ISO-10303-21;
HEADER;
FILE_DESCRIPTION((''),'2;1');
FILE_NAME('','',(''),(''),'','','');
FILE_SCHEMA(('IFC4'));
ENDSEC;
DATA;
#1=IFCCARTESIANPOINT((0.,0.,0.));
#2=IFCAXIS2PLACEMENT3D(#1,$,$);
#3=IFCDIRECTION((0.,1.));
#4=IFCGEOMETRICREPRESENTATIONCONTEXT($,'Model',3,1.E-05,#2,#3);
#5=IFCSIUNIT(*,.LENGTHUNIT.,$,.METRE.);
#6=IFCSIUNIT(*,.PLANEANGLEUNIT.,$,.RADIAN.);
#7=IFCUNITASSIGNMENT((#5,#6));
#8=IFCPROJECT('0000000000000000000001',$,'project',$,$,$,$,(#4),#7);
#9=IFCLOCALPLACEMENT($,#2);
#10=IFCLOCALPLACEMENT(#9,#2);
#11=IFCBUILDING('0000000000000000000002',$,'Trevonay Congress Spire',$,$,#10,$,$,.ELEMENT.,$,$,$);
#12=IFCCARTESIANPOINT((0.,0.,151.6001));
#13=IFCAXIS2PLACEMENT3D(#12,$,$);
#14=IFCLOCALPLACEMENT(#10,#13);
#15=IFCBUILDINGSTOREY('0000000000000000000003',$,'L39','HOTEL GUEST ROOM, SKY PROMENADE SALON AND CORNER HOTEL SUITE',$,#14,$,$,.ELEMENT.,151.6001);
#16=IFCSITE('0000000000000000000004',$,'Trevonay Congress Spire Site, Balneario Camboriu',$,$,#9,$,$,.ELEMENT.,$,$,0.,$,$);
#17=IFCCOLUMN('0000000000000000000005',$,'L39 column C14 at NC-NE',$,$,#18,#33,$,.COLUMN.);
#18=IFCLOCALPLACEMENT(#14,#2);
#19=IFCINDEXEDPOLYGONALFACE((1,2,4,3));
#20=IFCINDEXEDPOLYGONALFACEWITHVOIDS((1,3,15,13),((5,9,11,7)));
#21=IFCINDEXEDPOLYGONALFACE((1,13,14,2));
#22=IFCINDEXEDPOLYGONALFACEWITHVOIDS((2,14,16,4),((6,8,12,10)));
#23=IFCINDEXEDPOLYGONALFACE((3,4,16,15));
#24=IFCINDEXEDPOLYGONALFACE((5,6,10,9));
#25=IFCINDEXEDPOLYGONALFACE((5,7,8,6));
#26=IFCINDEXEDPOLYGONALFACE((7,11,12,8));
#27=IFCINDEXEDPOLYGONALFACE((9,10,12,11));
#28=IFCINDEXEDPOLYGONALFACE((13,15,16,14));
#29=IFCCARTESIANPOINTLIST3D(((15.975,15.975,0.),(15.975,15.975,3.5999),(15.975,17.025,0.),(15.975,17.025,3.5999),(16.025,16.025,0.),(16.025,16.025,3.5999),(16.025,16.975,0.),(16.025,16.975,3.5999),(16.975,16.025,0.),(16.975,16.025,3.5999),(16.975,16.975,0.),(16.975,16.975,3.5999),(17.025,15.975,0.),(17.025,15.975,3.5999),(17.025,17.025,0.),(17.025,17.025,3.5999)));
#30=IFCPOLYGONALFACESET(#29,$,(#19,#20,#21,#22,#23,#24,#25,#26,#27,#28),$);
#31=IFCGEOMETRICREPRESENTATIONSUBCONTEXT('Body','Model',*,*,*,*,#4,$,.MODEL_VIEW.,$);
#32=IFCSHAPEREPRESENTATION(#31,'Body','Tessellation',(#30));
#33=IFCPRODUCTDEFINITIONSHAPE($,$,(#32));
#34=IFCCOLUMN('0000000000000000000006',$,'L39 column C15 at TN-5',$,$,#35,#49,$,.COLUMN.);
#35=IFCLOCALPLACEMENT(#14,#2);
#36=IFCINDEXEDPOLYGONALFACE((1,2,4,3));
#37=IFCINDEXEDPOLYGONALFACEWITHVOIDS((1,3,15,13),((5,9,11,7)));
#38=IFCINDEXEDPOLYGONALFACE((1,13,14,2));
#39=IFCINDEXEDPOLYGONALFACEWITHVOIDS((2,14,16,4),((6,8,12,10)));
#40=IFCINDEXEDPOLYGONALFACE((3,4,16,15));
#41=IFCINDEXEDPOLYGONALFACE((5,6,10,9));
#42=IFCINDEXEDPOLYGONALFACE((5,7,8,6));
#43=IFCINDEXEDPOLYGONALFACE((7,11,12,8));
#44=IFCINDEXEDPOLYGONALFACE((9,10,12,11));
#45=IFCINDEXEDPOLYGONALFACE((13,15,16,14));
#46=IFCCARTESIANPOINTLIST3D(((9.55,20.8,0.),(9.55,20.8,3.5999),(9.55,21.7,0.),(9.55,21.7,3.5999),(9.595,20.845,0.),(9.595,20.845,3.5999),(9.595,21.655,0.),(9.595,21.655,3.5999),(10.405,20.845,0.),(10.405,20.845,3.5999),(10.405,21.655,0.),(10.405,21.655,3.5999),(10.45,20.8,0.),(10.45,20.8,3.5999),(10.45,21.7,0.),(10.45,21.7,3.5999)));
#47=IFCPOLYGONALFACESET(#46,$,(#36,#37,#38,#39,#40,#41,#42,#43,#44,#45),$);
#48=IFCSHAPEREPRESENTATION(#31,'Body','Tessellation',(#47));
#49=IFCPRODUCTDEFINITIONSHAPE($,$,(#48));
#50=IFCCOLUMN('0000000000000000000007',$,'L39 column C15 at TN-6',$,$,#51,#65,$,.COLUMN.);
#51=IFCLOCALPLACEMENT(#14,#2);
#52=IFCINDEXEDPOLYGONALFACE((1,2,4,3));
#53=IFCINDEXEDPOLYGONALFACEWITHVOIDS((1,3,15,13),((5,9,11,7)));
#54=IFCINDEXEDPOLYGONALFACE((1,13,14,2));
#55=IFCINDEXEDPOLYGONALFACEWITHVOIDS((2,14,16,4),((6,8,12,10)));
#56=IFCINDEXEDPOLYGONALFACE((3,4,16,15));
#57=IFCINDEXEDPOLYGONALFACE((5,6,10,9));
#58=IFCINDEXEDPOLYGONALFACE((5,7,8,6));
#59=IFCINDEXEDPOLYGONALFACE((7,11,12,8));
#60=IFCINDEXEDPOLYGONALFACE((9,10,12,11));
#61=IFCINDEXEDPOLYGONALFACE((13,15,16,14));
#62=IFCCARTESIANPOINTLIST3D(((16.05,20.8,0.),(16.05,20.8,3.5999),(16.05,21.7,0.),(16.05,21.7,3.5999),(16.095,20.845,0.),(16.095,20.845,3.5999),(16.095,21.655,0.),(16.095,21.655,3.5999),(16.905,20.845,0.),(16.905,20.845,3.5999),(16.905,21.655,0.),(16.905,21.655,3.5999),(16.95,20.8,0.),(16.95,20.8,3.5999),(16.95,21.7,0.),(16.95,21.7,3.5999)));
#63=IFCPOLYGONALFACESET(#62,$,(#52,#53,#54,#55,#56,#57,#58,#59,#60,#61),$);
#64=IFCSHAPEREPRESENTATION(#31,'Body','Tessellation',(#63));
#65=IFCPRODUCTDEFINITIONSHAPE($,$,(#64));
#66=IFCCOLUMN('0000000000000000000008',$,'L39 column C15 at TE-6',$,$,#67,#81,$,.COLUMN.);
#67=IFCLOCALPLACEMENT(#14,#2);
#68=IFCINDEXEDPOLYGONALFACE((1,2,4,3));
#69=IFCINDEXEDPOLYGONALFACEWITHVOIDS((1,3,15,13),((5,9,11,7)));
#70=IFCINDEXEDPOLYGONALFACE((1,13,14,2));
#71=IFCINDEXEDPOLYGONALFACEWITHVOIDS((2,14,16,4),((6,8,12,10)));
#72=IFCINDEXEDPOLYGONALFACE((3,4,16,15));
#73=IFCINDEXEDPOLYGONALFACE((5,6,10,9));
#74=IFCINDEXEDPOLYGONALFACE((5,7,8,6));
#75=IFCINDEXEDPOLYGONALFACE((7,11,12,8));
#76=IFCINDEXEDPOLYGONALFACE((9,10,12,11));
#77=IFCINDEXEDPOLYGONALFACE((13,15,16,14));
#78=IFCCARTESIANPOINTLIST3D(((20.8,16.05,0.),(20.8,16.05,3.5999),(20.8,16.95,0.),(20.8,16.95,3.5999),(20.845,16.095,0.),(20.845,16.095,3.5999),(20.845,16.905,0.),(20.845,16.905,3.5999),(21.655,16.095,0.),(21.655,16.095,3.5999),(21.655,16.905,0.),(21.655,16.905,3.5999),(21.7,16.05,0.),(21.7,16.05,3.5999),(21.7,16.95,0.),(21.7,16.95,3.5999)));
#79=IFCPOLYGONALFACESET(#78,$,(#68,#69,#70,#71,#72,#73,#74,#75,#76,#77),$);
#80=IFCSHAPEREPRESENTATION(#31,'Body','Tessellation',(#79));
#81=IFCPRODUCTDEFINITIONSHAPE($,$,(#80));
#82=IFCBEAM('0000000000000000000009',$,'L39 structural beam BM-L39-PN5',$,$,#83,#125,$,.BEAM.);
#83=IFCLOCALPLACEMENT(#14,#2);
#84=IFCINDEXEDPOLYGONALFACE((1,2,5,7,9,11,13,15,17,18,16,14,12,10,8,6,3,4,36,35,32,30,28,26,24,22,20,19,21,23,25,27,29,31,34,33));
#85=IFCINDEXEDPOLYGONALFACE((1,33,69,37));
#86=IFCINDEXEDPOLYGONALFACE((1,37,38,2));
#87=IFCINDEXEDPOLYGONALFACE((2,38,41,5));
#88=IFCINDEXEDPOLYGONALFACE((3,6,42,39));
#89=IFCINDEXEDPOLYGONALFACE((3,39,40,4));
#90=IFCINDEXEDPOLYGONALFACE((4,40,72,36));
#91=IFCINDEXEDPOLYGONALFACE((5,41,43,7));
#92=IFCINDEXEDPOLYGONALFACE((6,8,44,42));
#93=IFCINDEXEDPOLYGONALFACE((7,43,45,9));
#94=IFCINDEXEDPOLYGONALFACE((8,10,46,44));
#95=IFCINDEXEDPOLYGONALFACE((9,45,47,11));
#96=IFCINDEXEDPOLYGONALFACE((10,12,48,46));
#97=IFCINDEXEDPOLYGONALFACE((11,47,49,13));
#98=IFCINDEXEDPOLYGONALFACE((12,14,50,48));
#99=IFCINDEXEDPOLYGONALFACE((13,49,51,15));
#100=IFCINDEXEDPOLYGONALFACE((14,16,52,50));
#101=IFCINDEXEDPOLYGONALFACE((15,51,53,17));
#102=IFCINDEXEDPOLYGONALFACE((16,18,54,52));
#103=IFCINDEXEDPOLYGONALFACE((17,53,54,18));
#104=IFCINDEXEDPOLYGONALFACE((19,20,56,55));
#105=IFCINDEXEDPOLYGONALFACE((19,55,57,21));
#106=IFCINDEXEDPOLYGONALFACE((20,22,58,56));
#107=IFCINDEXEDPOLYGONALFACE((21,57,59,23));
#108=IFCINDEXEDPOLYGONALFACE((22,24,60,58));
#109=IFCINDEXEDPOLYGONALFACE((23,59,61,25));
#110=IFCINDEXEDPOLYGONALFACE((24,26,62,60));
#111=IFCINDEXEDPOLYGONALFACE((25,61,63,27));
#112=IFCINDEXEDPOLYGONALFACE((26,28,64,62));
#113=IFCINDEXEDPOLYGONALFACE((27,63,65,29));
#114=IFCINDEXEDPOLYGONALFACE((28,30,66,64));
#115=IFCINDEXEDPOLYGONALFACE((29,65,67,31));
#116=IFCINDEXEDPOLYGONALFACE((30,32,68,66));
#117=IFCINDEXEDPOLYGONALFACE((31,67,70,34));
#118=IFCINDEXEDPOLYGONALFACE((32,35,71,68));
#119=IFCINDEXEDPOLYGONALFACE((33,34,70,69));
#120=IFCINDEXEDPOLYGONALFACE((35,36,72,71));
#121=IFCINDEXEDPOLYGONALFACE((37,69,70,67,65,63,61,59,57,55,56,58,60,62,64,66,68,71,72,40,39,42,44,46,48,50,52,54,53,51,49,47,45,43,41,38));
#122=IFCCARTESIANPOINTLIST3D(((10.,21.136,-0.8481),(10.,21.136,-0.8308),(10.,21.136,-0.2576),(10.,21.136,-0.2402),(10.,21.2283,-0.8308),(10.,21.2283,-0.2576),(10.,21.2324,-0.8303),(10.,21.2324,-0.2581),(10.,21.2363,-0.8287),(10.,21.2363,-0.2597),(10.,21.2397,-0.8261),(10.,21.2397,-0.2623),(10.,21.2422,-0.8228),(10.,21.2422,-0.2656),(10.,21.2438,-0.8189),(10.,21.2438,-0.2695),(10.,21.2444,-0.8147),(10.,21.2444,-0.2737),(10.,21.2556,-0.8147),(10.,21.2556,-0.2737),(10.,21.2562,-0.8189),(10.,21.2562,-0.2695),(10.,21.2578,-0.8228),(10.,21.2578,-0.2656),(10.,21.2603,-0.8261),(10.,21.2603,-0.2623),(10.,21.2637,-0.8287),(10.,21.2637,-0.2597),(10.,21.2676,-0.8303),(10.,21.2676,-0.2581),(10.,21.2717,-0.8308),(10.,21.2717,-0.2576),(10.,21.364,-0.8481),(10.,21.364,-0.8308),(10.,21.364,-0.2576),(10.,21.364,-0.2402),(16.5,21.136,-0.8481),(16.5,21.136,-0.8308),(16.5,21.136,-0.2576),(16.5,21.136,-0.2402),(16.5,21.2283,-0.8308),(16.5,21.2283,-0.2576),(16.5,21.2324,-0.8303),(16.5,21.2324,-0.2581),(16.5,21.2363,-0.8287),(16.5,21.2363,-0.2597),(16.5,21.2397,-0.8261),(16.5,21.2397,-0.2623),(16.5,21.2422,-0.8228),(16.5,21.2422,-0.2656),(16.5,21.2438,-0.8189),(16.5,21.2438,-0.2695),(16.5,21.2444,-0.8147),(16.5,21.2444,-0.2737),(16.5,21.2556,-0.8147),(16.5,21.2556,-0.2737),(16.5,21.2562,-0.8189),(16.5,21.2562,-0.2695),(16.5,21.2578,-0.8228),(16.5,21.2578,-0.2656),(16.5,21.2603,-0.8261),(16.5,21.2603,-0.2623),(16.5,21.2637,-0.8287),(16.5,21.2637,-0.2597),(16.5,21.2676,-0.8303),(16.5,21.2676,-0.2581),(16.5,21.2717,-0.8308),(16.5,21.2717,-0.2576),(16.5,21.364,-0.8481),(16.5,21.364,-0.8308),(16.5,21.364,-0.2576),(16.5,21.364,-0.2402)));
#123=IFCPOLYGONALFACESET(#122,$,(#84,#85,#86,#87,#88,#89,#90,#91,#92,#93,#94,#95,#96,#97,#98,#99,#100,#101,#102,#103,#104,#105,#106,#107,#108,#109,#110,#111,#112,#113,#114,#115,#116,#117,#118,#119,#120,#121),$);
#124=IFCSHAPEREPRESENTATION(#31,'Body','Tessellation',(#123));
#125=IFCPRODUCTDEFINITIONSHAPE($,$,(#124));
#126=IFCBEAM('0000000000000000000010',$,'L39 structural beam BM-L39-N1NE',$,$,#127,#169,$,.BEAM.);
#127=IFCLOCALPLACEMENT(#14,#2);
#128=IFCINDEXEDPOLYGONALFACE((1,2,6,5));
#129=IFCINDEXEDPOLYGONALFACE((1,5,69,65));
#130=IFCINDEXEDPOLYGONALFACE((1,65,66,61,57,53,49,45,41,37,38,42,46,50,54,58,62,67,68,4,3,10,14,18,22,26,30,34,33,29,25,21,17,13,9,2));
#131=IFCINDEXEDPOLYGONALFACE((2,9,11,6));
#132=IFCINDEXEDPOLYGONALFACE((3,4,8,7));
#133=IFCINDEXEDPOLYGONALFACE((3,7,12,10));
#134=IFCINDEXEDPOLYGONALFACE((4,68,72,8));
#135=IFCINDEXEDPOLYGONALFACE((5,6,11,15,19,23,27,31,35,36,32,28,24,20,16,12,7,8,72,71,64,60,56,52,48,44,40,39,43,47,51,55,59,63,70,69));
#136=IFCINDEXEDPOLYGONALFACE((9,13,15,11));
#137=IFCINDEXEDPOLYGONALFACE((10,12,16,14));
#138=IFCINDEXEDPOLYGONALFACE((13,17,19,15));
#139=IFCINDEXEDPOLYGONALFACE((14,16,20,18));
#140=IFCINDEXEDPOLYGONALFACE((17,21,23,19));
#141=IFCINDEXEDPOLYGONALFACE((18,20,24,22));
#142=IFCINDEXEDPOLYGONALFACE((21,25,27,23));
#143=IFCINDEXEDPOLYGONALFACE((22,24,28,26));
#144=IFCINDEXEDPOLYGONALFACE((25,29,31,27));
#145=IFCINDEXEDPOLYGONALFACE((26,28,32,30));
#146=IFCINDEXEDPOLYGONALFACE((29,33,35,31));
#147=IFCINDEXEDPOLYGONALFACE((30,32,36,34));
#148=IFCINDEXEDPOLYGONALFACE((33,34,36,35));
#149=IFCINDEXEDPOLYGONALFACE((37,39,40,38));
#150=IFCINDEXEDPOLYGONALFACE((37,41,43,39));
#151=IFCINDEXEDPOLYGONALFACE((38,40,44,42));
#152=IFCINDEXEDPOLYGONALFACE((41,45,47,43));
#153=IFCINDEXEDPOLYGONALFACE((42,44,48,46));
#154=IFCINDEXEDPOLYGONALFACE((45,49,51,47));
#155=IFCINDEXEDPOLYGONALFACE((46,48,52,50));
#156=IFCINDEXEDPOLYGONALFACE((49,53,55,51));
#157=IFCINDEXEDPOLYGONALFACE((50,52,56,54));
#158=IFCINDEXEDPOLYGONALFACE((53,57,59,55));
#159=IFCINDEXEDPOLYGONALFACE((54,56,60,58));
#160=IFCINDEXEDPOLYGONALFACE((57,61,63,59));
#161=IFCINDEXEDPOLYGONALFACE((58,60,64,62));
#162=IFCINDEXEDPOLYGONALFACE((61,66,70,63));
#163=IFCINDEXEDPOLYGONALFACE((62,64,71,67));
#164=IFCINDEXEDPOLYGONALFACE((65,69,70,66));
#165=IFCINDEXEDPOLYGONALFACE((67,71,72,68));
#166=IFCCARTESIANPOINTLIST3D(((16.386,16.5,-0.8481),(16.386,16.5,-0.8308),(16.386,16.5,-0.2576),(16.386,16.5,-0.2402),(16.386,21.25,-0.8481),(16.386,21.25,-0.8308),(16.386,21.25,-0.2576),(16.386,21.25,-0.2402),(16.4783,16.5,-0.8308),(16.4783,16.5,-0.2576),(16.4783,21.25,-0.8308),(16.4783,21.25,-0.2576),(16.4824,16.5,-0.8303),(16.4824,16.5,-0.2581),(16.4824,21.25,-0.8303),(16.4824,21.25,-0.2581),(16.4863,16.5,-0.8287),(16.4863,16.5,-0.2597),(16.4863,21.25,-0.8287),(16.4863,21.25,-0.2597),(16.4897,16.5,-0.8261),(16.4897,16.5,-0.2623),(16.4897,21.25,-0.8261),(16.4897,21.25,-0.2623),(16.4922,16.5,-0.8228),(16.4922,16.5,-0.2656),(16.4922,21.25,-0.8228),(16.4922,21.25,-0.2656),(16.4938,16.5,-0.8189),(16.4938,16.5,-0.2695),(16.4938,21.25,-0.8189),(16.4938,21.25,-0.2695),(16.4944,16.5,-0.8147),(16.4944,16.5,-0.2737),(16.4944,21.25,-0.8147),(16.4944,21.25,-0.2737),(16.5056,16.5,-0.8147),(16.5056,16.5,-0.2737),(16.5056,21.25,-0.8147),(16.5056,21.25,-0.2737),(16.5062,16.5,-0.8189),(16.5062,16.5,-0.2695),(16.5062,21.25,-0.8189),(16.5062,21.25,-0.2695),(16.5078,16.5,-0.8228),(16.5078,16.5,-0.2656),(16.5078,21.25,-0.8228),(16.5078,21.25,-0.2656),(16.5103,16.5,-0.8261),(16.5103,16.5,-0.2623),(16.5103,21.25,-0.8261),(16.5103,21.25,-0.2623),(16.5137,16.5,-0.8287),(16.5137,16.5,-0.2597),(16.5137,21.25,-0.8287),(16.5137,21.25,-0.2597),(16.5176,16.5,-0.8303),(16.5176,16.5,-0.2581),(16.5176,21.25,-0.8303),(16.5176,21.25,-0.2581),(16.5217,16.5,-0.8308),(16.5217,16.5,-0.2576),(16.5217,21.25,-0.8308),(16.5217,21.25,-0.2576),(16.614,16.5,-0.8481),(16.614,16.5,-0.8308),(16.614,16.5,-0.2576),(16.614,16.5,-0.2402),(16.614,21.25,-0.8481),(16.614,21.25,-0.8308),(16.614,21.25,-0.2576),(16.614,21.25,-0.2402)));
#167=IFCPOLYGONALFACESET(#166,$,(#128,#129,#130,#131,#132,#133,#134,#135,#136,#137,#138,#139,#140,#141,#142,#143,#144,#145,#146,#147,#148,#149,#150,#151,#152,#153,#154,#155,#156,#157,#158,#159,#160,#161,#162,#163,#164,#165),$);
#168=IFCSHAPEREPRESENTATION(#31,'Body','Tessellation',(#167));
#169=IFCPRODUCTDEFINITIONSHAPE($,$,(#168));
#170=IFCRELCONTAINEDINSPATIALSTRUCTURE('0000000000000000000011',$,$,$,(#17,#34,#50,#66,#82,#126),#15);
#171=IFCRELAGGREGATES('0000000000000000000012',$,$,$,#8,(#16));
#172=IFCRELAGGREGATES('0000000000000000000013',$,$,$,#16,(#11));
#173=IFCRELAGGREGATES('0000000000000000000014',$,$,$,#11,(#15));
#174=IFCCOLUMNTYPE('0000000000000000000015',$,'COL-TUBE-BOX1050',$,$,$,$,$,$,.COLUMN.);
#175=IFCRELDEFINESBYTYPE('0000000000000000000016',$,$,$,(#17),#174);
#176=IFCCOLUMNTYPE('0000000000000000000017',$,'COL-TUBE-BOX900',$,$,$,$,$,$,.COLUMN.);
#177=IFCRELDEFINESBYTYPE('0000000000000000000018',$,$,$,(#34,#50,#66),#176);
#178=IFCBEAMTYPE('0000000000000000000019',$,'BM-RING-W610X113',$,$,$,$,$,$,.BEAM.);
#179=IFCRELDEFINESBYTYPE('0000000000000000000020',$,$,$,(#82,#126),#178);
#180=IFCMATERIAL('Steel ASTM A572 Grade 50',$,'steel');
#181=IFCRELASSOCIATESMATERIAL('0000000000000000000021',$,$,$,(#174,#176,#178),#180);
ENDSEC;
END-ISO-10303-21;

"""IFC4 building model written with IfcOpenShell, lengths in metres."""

from ifc_helpers import new_model, si_unit, direction, frame, origin, origin_2d, place, context, subcontext, project, spatial, hollow_rectangle, i_section, extrude, material, material_profile, profile_set, type_object, element, save


model = new_model("IFC4")

# Units and contexts
model_context = context("Model", 3, precision=1e-05, world=origin(), true_north=direction((0.0, 1.0)))
body_context = subcontext(model_context, "Body", "Model", "MODEL_VIEW")
ifc_project = project(units=[si_unit("LENGTHUNIT", "METRE"), si_unit("PLANEANGLEUNIT", "RADIAN")], contexts=[model_context])

# Site, building, storey
site_placement = place(None, origin())
site = spatial("IfcSite", under=ifc_project, at=site_placement, Name="Trevonay Congress Spire Site, Balneario Camboriu", CompositionType="ELEMENT", RefElevation=0.0)
building_placement = place(site_placement, origin())
building = spatial("IfcBuilding", under=site, at=building_placement, Name="Trevonay Congress Spire", CompositionType="ELEMENT")
storey_placement = place(building_placement, frame((0.0, 0.0, 151.6001)))
storey = spatial("IfcBuildingStorey", under=building, at=storey_placement, Name="L39", Description="HOTEL GUEST ROOM, SKY PROMENADE SALON AND CORNER HOTEL SUITE", CompositionType="ELEMENT", Elevation=151.6001)

# Columns
ifc_material_1 = material(Name="Steel ASTM A572 Grade 50", Category="steel")
ifc_material_profile_1 = material_profile(ifc_material_1, hollow_rectangle(XDim=1.05, YDim=1.05, WallThickness=0.05, at=origin_2d()), Name="BOX 1050x1050x50")
ifc_profile_set_1 = profile_set([ifc_material_profile_1], Name="Steel ASTM A572 Grade 50")
column_type_1 = type_object("IfcColumnType", Name="COL-TUBE-BOX1050", PredefinedType="COLUMN", material=ifc_profile_set_1)
column_placement = place(storey_placement, frame((16.5, 16.5, 0.0), z_axis=(0.0, 0.0, 1.0), x_axis=(1.0, 0.0, 0.0)))
element("IfcColumn", 1, at=column_placement, inside=storey, type_object=column_type_1, Name="L39 column C14 at NC-NE", PredefinedType="COLUMN", context=body_context, shape_type="SweptSolid", body=[
    extrude(hollow_rectangle(XDim=1.05, YDim=1.05, WallThickness=0.05, at=origin_2d()), origin(), (0.0, 0.0, 1.0), 3.5999),
])
ifc_material_profile_2 = material_profile(ifc_material_1, hollow_rectangle(XDim=0.8999, YDim=0.8999, WallThickness=0.0449, at=origin_2d()), Name="BOX 900x900x45")
ifc_profile_set_2 = profile_set([ifc_material_profile_2], Name="Steel ASTM A572 Grade 50")
column_type_2 = type_object("IfcColumnType", Name="COL-TUBE-BOX900", PredefinedType="COLUMN", material=ifc_profile_set_2)
for number, where, z_axis, x_axis, name in (
    (2, (10.0, 21.25, 0.0), (0.0, 0.0, 1.0), (1.0, 0.0, 0.0), "L39 column C15 at TN-5"),
    (3, (16.5, 21.25, 0.0), (0.0, 0.0, 1.0), (1.0, 0.0, 0.0), "L39 column C15 at TN-6"),
    (4, (21.25, 16.5, 0.0), (0.0, 0.0, 1.0), (1.0, 0.0, 0.0), "L39 column C15 at TE-6"),
):
    element("IfcColumn", number, at=place(storey_placement, frame(where, z_axis=z_axis, x_axis=x_axis)), inside=storey, type_object=column_type_2, Name=name, PredefinedType="COLUMN", context=body_context, shape_type="SweptSolid", body=[
        extrude(hollow_rectangle(XDim=0.8999, YDim=0.8999, WallThickness=0.0449, at=origin_2d()), origin(), (0.0, 0.0, 1.0), 3.5999),
    ])

# Beams
ifc_material_profile_3 = material_profile(ifc_material_1, i_section(OverallWidth=0.228, OverallDepth=0.6079, WebThickness=0.0112, FlangeThickness=0.0173, FilletRadius=0.0161, at=origin_2d()), Name="W610x113")
ifc_profile_set_3 = profile_set([ifc_material_profile_3], Name="Steel ASTM A572 Grade 50")
beam_type = type_object("IfcBeamType", Name="BM-RING-W610X113", PredefinedType="BEAM", material=ifc_profile_set_3)
beam_placement = place(storey_placement, frame((10.0, 21.25, -0.5442), z_axis=(1.0, 0.0, 0.0), x_axis=(0.0, 1.0, 0.0)))
element("IfcBeam", 5, at=beam_placement, inside=storey, type_object=beam_type, Name="L39 structural beam BM-L39-PN5", PredefinedType="BEAM", context=body_context, shape_type="SweptSolid", body=[
    extrude(i_section(OverallWidth=0.228, OverallDepth=0.6079, WebThickness=0.0112, FlangeThickness=0.0173, FilletRadius=0.0161, at=origin_2d()), origin(), (0.0, 0.0, 1.0), 6.5),
])
for number, where, z_axis, x_axis, name in (
    (6, (16.5, 21.25, -0.5442), (0.0, -1.0, 0.0), (1.0, 0.0, 0.0), "L39 structural beam BM-L39-N1NE"),
):
    element("IfcBeam", number, at=place(storey_placement, frame(where, z_axis=z_axis, x_axis=x_axis)), inside=storey, type_object=beam_type, Name=name, PredefinedType="BEAM", context=body_context, shape_type="SweptSolid", body=[
        extrude(i_section(OverallWidth=0.228, OverallDepth=0.6079, WebThickness=0.0112, FlangeThickness=0.0173, FilletRadius=0.0161, at=origin_2d()), origin(), (0.0, 0.0, 1.0), 4.75),
    ])

save(model, "model.ifc")
